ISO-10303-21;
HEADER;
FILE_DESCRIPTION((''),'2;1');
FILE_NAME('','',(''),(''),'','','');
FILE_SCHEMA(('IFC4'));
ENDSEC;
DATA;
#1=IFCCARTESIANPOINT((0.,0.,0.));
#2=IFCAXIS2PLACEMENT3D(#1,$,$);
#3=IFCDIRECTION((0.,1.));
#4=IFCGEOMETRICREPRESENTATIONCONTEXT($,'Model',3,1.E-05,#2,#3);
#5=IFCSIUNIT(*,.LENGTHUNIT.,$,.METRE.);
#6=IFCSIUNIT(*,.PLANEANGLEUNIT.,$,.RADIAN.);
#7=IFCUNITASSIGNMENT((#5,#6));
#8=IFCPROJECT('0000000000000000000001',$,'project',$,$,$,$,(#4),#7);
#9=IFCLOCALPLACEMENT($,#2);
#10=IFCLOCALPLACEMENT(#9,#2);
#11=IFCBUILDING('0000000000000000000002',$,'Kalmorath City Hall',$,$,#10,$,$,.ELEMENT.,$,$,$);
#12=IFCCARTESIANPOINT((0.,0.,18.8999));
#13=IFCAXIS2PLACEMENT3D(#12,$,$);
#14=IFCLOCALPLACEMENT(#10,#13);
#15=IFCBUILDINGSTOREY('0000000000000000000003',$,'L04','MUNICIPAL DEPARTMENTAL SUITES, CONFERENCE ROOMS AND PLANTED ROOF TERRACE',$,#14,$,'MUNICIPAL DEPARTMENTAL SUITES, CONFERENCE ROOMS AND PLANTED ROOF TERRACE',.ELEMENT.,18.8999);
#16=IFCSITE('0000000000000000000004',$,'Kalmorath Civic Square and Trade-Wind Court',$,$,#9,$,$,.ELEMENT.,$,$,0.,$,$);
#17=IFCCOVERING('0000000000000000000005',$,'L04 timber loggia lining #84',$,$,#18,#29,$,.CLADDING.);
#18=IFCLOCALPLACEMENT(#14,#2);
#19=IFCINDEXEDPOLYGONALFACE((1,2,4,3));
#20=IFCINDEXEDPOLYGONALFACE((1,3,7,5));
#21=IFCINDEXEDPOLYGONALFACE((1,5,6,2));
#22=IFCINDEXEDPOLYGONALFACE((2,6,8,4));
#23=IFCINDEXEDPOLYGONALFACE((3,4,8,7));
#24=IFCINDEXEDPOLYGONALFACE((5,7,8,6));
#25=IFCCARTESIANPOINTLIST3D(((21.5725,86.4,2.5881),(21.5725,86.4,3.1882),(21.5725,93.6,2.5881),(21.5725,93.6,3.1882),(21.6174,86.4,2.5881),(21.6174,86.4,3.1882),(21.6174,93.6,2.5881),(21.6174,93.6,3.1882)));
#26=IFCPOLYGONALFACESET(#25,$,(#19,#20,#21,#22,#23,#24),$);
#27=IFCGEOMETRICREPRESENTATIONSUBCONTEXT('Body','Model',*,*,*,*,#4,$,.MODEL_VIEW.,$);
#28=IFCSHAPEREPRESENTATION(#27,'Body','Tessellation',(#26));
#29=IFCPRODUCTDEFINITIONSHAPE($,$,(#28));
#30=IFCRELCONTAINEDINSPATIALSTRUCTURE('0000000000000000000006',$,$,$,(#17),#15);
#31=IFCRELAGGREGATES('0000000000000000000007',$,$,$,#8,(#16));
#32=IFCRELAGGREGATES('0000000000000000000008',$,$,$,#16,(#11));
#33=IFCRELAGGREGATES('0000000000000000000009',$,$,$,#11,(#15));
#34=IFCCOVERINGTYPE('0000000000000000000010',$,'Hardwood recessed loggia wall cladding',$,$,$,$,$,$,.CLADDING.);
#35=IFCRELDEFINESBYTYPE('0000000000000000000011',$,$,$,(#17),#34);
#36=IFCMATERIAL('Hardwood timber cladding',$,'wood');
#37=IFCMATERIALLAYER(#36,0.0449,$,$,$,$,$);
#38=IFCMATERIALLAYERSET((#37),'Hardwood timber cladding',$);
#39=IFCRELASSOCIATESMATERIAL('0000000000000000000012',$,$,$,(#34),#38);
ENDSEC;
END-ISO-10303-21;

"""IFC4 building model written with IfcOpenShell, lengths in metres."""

from ifc_helpers import new_model, si_unit, direction, frame, origin, origin_2d, place, context, subcontext, project, spatial, rectangle, extrude, material, layer, layer_set, type_object, element, save


model = new_model("IFC4")

# Units and contexts
model_context = context("Model", 3, precision=1e-05, world=origin(), true_north=direction((0.0, 1.0)))
body_context = subcontext(model_context, "Body", "Model", "MODEL_VIEW")
ifc_project = project(units=[si_unit("LENGTHUNIT", "METRE"), si_unit("PLANEANGLEUNIT", "RADIAN")], contexts=[model_context])

# Site, building, storey
site_placement = place(None, origin())
site = spatial("IfcSite", under=ifc_project, at=site_placement, Name="Kalmorath Civic Square and Trade-Wind Court", CompositionType="ELEMENT", RefElevation=0.0)
building_placement = place(site_placement, origin())
building = spatial("IfcBuilding", under=site, at=building_placement, Name="Kalmorath City Hall", CompositionType="ELEMENT")
storey_placement = place(building_placement, frame((0.0, 0.0, 18.8999)))
storey = spatial("IfcBuildingStorey", under=building, at=storey_placement, Name="L04", Description="MUNICIPAL DEPARTMENTAL SUITES, CONFERENCE ROOMS AND PLANTED ROOF TERRACE", LongName="MUNICIPAL DEPARTMENTAL SUITES, CONFERENCE ROOMS AND PLANTED ROOF TERRACE", CompositionType="ELEMENT", Elevation=18.8999)

# Covering
ifc_material_1 = material(Name="Hardwood timber cladding", Category="wood")
ifc_layer_1 = layer(ifc_material_1, 0.0449)
ifc_layer_set_1 = layer_set([ifc_layer_1], Name="Hardwood timber cladding")
covering_type = type_object("IfcCoveringType", Name="Hardwood recessed loggia wall cladding", PredefinedType="CLADDING", material=ifc_layer_set_1)
covering_placement = place(storey_placement, frame((21.595, 90.0, 2.5881), z_axis=(0.0, 0.0, 1.0), x_axis=(0.0, -1.0, 0.0)))
element("IfcCovering", 1, at=covering_placement, inside=storey, type_object=covering_type, Name="L04 timber loggia lining #84", PredefinedType="CLADDING", context=body_context, shape_type="SweptSolid", body=[
    extrude(rectangle(XDim=7.2, YDim=0.0449, at=origin_2d()), origin(), (0.0, 0.0, 1.0), 0.6001),
])

save(model, "model.ifc")
